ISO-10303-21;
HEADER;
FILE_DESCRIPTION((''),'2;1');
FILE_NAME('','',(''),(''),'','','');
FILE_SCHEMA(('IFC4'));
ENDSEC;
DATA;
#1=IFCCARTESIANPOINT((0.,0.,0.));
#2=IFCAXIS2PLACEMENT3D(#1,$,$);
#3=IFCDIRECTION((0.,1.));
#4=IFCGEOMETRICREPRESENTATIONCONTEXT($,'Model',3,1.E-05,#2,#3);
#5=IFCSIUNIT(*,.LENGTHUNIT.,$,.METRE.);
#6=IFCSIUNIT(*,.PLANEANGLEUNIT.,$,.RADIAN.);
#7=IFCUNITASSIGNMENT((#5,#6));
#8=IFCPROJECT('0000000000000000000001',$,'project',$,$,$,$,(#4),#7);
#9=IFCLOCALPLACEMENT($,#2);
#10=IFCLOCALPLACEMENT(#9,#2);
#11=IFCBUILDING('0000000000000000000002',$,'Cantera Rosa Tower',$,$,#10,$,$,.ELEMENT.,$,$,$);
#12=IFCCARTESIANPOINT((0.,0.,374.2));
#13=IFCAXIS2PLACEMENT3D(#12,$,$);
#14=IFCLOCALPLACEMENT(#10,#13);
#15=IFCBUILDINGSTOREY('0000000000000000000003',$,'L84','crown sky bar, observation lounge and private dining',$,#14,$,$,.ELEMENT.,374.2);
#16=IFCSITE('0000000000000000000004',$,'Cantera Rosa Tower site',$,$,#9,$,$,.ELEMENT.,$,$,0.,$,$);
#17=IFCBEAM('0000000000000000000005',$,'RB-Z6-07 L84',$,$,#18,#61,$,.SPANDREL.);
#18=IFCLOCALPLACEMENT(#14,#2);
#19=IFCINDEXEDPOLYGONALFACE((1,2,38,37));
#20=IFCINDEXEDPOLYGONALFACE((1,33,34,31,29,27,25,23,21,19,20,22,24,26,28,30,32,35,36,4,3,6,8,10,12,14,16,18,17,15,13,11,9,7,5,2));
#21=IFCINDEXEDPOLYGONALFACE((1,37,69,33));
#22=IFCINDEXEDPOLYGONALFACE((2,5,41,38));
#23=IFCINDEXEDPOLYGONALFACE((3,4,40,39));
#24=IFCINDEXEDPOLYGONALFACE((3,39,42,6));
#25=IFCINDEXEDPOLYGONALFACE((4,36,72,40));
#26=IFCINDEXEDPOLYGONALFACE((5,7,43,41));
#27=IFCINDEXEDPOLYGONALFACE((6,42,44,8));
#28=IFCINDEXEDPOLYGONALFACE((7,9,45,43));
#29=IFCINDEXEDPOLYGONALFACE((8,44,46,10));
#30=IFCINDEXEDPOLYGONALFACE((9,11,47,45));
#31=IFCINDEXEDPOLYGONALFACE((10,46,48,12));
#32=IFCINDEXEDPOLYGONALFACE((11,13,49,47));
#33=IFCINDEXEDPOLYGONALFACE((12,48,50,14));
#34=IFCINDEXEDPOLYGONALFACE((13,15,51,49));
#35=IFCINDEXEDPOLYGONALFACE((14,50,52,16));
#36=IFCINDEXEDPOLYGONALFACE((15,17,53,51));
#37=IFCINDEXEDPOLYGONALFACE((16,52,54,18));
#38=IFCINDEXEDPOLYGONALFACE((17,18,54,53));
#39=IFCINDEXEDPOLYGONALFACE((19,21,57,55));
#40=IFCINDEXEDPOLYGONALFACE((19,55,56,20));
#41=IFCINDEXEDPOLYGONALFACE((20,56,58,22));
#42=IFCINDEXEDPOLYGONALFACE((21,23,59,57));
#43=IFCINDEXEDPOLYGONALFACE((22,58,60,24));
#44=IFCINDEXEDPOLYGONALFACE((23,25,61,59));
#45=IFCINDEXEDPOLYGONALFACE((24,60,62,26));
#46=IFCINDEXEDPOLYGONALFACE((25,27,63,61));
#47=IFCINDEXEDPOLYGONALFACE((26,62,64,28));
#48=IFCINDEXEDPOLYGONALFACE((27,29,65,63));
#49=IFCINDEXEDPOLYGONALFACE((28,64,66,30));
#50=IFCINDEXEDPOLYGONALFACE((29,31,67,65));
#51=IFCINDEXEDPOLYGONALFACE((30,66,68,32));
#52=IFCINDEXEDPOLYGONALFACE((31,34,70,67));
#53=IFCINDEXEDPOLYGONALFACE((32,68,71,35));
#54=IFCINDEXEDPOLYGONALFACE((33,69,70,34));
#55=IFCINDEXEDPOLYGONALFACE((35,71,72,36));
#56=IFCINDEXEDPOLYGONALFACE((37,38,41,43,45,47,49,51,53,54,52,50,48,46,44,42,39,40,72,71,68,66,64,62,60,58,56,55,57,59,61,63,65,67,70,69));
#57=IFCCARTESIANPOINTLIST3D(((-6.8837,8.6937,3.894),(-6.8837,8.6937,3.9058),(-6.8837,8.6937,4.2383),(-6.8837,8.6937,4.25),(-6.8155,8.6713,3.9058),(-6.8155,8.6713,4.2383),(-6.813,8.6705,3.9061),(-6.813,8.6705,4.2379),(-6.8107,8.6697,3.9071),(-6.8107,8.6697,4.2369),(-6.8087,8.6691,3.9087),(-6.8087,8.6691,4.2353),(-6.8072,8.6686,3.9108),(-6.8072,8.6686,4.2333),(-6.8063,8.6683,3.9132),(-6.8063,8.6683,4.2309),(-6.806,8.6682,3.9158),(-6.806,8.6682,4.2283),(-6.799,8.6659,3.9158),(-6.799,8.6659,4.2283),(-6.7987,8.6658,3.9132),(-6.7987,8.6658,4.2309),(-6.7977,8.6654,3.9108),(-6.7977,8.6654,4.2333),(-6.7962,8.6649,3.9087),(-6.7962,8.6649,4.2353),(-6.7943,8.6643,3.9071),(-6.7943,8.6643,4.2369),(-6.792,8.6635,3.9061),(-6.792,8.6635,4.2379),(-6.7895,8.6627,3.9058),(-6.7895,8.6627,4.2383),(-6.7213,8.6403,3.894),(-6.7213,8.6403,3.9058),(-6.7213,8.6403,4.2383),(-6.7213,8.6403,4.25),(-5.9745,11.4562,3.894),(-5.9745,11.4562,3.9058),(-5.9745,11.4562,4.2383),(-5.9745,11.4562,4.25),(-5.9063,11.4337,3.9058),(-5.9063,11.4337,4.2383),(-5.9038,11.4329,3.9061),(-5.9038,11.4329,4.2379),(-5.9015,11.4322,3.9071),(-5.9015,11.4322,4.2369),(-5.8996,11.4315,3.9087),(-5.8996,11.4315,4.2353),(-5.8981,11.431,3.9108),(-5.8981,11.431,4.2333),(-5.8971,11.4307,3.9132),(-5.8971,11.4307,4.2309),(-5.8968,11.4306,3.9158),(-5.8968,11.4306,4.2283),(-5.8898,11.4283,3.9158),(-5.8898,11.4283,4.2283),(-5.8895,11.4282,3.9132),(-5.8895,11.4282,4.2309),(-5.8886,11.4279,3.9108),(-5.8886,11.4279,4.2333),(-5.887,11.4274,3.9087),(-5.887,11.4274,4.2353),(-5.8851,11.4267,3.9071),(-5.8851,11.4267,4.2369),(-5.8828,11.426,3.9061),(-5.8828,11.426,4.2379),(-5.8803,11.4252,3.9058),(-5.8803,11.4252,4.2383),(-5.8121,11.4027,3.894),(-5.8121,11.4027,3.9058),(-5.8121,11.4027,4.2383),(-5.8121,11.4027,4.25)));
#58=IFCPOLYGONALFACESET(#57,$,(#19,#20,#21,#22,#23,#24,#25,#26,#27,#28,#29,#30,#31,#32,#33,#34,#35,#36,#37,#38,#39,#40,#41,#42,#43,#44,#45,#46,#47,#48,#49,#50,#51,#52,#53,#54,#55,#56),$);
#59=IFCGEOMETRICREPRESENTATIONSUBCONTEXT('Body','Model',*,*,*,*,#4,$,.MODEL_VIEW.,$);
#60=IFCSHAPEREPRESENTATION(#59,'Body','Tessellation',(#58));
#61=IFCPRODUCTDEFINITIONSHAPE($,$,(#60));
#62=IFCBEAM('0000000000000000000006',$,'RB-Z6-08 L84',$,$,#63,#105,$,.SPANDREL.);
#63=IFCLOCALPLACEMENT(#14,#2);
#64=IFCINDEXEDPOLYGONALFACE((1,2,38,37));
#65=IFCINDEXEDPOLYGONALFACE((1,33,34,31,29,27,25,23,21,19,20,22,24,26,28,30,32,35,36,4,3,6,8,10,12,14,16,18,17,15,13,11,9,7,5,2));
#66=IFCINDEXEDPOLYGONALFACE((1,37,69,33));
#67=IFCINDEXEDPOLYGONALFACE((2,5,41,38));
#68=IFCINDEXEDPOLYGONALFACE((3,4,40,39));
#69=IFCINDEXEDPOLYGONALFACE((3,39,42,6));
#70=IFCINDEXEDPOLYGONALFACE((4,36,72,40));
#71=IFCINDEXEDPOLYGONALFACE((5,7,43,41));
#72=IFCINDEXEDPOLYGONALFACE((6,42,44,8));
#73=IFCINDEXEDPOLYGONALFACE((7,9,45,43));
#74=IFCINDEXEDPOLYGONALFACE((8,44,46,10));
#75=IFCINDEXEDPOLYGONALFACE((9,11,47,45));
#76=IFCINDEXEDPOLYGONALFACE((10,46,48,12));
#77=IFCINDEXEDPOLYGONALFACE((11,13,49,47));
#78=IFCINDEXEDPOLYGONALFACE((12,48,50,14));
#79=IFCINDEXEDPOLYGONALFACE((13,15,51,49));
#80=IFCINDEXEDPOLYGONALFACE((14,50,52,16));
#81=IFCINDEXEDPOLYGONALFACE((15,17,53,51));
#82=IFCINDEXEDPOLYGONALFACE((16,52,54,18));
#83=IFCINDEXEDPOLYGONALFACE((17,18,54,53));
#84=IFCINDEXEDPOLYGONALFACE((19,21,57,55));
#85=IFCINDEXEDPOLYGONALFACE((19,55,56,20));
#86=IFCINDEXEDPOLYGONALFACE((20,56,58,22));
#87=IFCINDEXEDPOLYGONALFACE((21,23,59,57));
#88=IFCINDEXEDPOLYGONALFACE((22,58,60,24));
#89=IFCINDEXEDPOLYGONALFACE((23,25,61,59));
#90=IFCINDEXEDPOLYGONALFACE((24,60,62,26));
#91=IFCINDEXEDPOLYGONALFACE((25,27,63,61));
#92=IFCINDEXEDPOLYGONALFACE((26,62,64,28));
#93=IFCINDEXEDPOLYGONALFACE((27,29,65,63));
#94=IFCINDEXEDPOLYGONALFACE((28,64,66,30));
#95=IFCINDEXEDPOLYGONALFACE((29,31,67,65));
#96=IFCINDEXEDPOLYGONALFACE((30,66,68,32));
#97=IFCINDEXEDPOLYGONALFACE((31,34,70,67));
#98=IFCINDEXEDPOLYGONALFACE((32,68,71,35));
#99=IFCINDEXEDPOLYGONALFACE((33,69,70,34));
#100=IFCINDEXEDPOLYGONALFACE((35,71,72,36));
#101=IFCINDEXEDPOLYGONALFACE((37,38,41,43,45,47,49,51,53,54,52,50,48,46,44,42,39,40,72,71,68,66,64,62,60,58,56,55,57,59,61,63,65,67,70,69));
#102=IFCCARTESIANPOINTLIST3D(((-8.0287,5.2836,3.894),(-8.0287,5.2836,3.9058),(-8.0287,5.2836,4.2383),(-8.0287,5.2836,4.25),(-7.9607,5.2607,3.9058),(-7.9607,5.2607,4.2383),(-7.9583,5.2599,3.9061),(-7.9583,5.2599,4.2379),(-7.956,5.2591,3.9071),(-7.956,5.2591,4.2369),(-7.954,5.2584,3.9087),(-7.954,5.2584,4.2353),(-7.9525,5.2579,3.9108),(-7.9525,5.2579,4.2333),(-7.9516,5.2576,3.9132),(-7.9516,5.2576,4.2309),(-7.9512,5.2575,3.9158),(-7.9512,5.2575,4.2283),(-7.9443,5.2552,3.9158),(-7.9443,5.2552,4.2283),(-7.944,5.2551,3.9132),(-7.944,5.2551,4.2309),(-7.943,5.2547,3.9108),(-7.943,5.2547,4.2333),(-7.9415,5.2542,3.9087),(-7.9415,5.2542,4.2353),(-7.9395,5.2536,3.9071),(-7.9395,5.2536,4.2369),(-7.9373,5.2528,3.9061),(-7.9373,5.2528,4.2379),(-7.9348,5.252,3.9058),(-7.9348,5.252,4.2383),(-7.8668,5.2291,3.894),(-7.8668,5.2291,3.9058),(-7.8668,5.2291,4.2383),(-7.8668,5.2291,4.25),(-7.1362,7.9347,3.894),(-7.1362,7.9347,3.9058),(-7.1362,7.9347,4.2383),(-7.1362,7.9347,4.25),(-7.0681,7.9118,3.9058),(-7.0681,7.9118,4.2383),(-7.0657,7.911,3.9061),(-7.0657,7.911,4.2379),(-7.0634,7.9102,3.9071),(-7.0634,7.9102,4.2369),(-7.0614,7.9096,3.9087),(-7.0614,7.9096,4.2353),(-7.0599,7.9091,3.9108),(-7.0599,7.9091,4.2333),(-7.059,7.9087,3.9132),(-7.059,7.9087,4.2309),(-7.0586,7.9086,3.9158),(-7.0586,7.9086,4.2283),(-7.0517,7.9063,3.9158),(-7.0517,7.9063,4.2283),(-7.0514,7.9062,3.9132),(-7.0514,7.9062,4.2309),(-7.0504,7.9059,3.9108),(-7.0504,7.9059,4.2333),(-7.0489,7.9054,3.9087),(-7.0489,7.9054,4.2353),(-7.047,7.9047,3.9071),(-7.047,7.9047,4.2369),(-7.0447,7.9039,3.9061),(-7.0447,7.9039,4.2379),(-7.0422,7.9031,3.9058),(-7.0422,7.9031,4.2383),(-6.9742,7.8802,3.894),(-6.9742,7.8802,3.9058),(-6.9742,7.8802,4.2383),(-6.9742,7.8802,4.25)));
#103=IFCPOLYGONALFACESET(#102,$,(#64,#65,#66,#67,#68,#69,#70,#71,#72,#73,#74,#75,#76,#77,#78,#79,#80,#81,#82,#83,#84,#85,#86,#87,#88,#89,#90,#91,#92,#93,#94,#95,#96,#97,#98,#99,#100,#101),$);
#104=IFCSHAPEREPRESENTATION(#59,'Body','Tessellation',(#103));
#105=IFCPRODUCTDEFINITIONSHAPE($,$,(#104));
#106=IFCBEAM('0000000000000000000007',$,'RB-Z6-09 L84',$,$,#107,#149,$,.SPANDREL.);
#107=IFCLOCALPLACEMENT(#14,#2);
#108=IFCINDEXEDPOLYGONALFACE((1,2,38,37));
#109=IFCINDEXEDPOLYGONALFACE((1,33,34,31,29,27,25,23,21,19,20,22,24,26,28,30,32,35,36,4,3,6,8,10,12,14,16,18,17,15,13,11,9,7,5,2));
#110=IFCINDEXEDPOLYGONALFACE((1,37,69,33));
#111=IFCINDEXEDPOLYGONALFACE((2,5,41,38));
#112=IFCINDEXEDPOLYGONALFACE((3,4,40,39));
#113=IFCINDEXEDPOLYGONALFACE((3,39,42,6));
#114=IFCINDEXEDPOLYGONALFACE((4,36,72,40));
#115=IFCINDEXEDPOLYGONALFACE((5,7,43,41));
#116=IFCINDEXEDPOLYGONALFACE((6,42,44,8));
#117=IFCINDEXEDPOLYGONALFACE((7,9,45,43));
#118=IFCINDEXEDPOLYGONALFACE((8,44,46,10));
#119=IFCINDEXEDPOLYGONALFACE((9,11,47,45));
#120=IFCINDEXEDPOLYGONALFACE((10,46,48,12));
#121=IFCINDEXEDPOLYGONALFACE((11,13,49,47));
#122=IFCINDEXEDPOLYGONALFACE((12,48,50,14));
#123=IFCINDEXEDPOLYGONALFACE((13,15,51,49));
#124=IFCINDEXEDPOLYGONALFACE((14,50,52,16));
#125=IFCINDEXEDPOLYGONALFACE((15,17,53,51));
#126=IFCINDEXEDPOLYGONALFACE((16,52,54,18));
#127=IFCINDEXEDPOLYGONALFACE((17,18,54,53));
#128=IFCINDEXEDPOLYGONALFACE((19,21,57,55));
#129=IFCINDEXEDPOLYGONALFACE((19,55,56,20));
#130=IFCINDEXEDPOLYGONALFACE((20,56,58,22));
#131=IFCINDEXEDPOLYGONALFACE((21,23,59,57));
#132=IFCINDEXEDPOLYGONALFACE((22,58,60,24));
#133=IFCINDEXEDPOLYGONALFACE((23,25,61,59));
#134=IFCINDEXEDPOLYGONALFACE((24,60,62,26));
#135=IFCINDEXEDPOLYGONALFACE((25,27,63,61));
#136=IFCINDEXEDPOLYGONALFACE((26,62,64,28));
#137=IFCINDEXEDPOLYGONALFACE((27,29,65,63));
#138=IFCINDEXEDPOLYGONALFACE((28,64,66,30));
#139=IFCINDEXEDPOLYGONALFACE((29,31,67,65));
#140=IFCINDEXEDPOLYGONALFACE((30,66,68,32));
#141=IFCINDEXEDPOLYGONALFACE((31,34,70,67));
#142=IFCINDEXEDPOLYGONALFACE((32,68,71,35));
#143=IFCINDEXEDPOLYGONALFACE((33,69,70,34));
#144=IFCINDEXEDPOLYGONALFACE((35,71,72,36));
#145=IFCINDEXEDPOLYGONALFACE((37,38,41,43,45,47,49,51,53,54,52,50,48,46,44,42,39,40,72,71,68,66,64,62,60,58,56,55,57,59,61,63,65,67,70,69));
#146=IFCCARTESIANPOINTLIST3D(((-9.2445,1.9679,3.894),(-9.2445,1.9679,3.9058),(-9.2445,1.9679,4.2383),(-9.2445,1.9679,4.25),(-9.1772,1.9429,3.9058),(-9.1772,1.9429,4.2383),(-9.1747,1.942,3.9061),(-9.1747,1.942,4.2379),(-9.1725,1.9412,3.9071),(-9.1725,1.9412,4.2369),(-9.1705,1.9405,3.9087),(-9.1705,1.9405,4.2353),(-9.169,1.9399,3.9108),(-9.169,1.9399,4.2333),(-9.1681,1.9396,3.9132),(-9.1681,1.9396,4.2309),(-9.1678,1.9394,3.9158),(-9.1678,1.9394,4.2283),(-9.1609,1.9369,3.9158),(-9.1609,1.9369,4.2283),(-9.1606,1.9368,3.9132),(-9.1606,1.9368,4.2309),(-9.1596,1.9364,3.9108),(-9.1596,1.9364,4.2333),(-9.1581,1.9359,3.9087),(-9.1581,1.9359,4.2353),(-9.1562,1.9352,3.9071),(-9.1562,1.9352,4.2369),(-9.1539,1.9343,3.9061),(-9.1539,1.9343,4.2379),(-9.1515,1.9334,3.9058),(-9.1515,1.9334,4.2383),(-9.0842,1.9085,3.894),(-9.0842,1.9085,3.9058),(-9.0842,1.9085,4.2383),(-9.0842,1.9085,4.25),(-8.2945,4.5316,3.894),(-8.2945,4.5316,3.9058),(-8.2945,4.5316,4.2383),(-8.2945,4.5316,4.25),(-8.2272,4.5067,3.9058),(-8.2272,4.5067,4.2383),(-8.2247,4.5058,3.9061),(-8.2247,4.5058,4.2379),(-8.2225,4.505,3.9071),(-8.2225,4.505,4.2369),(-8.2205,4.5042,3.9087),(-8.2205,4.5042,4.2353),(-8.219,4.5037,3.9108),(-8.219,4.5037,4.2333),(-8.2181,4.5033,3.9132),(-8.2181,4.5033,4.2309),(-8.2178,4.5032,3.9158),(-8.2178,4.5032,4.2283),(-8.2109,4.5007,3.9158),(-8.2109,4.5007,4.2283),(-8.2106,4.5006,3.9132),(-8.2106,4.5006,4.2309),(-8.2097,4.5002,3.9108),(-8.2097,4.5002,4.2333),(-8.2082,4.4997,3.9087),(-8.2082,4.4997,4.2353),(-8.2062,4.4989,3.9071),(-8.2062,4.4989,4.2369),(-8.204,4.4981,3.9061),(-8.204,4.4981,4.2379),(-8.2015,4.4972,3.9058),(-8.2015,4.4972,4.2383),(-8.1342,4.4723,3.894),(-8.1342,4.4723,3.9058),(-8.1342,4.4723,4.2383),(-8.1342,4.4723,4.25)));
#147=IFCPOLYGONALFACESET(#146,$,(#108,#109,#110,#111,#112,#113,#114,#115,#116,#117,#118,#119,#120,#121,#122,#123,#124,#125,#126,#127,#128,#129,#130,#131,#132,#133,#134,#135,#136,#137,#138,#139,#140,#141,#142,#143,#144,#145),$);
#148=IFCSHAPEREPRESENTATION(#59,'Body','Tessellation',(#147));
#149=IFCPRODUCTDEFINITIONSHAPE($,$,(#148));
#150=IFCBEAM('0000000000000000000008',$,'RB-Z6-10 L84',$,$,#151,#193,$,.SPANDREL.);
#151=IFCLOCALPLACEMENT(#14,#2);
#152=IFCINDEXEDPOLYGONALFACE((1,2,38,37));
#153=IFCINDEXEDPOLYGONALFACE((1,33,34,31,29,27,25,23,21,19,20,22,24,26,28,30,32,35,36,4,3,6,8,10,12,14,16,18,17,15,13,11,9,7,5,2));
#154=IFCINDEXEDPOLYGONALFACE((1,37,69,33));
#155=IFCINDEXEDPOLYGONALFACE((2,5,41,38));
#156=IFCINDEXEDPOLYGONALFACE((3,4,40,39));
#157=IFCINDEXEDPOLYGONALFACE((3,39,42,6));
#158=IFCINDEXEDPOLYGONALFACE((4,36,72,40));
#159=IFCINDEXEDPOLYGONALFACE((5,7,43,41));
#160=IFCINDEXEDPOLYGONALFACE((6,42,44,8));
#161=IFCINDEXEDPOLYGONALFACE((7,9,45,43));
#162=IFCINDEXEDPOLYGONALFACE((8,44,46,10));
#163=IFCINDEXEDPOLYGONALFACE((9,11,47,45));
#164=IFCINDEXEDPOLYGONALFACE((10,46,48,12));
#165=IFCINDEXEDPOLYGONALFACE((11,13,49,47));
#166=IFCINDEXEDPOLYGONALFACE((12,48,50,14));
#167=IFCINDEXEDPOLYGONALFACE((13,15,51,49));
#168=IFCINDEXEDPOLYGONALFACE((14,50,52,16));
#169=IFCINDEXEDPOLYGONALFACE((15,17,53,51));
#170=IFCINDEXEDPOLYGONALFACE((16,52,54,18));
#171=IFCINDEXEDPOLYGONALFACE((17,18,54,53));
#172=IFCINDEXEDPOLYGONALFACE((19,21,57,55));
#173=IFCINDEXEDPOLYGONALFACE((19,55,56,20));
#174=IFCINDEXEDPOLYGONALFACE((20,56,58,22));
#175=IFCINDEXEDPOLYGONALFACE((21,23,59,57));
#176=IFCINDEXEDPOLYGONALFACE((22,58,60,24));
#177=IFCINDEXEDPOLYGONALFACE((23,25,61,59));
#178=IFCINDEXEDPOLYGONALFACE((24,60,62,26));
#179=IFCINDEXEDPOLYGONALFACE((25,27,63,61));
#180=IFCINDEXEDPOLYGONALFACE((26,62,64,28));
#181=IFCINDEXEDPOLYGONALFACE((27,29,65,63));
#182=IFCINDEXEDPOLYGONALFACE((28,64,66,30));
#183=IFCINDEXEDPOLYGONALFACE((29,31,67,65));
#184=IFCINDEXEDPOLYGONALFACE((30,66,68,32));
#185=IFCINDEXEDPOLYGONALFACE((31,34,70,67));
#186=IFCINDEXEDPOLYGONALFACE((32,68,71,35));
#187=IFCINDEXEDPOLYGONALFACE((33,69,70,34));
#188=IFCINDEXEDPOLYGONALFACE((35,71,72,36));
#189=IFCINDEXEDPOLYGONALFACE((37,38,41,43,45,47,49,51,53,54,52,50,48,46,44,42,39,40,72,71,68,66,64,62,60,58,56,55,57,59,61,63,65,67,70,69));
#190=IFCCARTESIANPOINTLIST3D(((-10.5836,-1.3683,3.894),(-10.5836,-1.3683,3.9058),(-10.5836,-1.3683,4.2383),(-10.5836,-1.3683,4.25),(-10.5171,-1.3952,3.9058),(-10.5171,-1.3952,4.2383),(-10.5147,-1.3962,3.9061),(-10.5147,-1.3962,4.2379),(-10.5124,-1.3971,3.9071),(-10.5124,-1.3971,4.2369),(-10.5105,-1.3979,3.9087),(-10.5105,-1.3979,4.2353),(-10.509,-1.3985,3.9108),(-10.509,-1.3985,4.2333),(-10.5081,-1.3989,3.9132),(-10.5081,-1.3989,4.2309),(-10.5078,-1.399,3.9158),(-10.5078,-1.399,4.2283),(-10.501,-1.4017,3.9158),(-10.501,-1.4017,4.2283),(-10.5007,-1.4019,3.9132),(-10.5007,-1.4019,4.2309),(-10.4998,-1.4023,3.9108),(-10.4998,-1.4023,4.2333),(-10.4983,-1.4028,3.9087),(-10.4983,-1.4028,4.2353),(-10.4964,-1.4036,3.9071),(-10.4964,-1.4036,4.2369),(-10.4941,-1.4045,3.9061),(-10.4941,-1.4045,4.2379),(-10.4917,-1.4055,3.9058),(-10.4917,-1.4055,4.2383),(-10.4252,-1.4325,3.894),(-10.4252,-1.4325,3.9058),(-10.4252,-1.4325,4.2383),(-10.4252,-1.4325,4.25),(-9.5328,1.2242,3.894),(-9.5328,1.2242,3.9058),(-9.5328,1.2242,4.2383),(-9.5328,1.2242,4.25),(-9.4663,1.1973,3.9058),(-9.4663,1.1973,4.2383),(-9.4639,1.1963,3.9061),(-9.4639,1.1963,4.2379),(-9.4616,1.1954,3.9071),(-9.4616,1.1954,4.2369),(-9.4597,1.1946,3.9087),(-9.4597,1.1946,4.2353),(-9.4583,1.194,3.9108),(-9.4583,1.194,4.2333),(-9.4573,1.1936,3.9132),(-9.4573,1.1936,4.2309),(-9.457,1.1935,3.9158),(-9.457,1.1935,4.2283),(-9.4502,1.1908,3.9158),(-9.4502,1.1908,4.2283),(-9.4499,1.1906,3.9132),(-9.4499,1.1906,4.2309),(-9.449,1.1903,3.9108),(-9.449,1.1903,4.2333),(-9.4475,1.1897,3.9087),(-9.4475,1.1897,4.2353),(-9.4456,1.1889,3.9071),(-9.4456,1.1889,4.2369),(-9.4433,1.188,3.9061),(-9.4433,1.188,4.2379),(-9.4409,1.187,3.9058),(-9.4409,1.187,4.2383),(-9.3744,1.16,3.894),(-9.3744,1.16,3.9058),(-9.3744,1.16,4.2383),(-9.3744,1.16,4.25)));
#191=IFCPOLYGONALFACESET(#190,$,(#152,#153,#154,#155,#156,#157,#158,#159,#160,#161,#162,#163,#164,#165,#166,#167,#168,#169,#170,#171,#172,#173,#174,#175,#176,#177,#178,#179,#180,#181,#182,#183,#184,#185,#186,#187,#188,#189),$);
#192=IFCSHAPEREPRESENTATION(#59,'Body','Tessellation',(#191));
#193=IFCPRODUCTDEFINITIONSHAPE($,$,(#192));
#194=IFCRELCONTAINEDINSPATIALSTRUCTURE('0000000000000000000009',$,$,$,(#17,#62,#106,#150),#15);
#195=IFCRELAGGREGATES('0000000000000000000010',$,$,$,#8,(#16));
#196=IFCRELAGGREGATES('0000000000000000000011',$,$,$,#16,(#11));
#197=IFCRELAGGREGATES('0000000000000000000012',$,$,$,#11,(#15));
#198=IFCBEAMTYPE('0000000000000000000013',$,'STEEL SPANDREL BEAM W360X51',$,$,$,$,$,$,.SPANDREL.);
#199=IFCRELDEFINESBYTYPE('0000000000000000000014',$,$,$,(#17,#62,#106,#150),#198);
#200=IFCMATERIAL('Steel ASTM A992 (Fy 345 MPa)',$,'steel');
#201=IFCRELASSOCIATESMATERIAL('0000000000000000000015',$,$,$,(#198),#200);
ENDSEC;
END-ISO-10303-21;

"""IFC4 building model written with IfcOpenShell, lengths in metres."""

from ifc_helpers import new_model, si_unit, direction, frame, origin, origin_2d, place, context, subcontext, project, spatial, i_section, extrude, material, material_profile, profile_set, type_object, element, save


model = new_model("IFC4")

# Units and contexts
model_context = context("Model", 3, precision=1e-05, world=origin(), true_north=direction((0.0, 1.0)))
body_context = subcontext(model_context, "Body", "Model", "MODEL_VIEW")
ifc_project = project(units=[si_unit("LENGTHUNIT", "METRE"), si_unit("PLANEANGLEUNIT", "RADIAN")], contexts=[model_context])

# Site, building, storey
site_placement = place(None, origin())
site = spatial("IfcSite", under=ifc_project, at=site_placement, Name="Cantera Rosa Tower site", CompositionType="ELEMENT", RefElevation=0.0)
building_placement = place(site_placement, origin())
building = spatial("IfcBuilding", under=site, at=building_placement, Name="Cantera Rosa Tower", CompositionType="ELEMENT")
storey_placement = place(building_placement, frame((0.0, 0.0, 374.2)))
storey = spatial("IfcBuildingStorey", under=building, at=storey_placement, Name="L84", Description="crown sky bar, observation lounge and private dining", CompositionType="ELEMENT", Elevation=374.2)

# Beams
ifc_material_1 = material(Name="Steel ASTM A992 (Fy 345 MPa)", Category="steel")
ifc_material_profile_1 = material_profile(ifc_material_1, i_section(OverallWidth=0.1709, OverallDepth=0.356, WebThickness=0.0073, FlangeThickness=0.0117, FilletRadius=0.01, at=origin_2d()), Name="W360X51")
ifc_profile_set_1 = profile_set([ifc_material_profile_1], Name="Steel ASTM A992 (Fy 345 MPa)")
beam_type = type_object("IfcBeamType", Name="STEEL SPANDREL BEAM W360X51", PredefinedType="SPANDREL", material=ifc_profile_set_1)
beam_1_placement = place(storey_placement, frame((-5.8933, 11.4294, 4.072), z_axis=(-0.312624, -0.949877, 0.0), x_axis=(0.949877, -0.312624, 0.0)))
element("IfcBeam", 1, at=beam_1_placement, inside=storey, type_object=beam_type, Name="RB-Z6-07 L84", PredefinedType="SPANDREL", context=body_context, shape_type="SweptSolid", body=[
    extrude(i_section(OverallWidth=0.1709, OverallDepth=0.356, WebThickness=0.0073, FlangeThickness=0.0117, FilletRadius=0.01, at=origin_2d()), origin(), (0.0, 0.0, 1.0), 2.9082),
])
beam_2_placement = place(storey_placement, frame((-7.0552, 7.9075, 4.072), z_axis=(-0.31908, -0.947728, 0.0), x_axis=(0.947728, -0.31908, 0.0)))
element("IfcBeam", 2, at=beam_2_placement, inside=storey, type_object=beam_type, Name="RB-Z6-08 L84", PredefinedType="SPANDREL", context=body_context, shape_type="SweptSolid", body=[
    extrude(i_section(OverallWidth=0.1709, OverallDepth=0.356, WebThickness=0.0073, FlangeThickness=0.0117, FilletRadius=0.01, at=origin_2d()), origin(), (0.0, 0.0, 1.0), 2.7974),
])
beam_3_placement = place(storey_placement, frame((-8.2144, 4.502, 4.072), z_axis=(-0.347451, -0.937698, 0.0), x_axis=(0.937698, -0.347451, 0.0)))
element("IfcBeam", 3, at=beam_3_placement, inside=storey, type_object=beam_type, Name="RB-Z6-09 L84", PredefinedType="SPANDREL", context=body_context, shape_type="SweptSolid", body=[
    extrude(i_section(OverallWidth=0.1709, OverallDepth=0.356, WebThickness=0.0073, FlangeThickness=0.0117, FilletRadius=0.01, at=origin_2d()), origin(), (0.0, 0.0, 1.0), 2.7341),
])
beam_4_placement = place(storey_placement, frame((-9.4536, 1.1921, 4.072), z_axis=(-0.37563, -0.92677, 0.0), x_axis=(0.92677, -0.37563, 0.0)))
element("IfcBeam", 4, at=beam_4_placement, inside=storey, type_object=beam_type, Name="RB-Z6-10 L84", PredefinedType="SPANDREL", context=body_context, shape_type="SweptSolid", body=[
    extrude(i_section(OverallWidth=0.1709, OverallDepth=0.356, WebThickness=0.0073, FlangeThickness=0.0117, FilletRadius=0.01, at=origin_2d()), origin(), (0.0, 0.0, 1.0), 2.7974),
])

save(model, "model.ifc")
